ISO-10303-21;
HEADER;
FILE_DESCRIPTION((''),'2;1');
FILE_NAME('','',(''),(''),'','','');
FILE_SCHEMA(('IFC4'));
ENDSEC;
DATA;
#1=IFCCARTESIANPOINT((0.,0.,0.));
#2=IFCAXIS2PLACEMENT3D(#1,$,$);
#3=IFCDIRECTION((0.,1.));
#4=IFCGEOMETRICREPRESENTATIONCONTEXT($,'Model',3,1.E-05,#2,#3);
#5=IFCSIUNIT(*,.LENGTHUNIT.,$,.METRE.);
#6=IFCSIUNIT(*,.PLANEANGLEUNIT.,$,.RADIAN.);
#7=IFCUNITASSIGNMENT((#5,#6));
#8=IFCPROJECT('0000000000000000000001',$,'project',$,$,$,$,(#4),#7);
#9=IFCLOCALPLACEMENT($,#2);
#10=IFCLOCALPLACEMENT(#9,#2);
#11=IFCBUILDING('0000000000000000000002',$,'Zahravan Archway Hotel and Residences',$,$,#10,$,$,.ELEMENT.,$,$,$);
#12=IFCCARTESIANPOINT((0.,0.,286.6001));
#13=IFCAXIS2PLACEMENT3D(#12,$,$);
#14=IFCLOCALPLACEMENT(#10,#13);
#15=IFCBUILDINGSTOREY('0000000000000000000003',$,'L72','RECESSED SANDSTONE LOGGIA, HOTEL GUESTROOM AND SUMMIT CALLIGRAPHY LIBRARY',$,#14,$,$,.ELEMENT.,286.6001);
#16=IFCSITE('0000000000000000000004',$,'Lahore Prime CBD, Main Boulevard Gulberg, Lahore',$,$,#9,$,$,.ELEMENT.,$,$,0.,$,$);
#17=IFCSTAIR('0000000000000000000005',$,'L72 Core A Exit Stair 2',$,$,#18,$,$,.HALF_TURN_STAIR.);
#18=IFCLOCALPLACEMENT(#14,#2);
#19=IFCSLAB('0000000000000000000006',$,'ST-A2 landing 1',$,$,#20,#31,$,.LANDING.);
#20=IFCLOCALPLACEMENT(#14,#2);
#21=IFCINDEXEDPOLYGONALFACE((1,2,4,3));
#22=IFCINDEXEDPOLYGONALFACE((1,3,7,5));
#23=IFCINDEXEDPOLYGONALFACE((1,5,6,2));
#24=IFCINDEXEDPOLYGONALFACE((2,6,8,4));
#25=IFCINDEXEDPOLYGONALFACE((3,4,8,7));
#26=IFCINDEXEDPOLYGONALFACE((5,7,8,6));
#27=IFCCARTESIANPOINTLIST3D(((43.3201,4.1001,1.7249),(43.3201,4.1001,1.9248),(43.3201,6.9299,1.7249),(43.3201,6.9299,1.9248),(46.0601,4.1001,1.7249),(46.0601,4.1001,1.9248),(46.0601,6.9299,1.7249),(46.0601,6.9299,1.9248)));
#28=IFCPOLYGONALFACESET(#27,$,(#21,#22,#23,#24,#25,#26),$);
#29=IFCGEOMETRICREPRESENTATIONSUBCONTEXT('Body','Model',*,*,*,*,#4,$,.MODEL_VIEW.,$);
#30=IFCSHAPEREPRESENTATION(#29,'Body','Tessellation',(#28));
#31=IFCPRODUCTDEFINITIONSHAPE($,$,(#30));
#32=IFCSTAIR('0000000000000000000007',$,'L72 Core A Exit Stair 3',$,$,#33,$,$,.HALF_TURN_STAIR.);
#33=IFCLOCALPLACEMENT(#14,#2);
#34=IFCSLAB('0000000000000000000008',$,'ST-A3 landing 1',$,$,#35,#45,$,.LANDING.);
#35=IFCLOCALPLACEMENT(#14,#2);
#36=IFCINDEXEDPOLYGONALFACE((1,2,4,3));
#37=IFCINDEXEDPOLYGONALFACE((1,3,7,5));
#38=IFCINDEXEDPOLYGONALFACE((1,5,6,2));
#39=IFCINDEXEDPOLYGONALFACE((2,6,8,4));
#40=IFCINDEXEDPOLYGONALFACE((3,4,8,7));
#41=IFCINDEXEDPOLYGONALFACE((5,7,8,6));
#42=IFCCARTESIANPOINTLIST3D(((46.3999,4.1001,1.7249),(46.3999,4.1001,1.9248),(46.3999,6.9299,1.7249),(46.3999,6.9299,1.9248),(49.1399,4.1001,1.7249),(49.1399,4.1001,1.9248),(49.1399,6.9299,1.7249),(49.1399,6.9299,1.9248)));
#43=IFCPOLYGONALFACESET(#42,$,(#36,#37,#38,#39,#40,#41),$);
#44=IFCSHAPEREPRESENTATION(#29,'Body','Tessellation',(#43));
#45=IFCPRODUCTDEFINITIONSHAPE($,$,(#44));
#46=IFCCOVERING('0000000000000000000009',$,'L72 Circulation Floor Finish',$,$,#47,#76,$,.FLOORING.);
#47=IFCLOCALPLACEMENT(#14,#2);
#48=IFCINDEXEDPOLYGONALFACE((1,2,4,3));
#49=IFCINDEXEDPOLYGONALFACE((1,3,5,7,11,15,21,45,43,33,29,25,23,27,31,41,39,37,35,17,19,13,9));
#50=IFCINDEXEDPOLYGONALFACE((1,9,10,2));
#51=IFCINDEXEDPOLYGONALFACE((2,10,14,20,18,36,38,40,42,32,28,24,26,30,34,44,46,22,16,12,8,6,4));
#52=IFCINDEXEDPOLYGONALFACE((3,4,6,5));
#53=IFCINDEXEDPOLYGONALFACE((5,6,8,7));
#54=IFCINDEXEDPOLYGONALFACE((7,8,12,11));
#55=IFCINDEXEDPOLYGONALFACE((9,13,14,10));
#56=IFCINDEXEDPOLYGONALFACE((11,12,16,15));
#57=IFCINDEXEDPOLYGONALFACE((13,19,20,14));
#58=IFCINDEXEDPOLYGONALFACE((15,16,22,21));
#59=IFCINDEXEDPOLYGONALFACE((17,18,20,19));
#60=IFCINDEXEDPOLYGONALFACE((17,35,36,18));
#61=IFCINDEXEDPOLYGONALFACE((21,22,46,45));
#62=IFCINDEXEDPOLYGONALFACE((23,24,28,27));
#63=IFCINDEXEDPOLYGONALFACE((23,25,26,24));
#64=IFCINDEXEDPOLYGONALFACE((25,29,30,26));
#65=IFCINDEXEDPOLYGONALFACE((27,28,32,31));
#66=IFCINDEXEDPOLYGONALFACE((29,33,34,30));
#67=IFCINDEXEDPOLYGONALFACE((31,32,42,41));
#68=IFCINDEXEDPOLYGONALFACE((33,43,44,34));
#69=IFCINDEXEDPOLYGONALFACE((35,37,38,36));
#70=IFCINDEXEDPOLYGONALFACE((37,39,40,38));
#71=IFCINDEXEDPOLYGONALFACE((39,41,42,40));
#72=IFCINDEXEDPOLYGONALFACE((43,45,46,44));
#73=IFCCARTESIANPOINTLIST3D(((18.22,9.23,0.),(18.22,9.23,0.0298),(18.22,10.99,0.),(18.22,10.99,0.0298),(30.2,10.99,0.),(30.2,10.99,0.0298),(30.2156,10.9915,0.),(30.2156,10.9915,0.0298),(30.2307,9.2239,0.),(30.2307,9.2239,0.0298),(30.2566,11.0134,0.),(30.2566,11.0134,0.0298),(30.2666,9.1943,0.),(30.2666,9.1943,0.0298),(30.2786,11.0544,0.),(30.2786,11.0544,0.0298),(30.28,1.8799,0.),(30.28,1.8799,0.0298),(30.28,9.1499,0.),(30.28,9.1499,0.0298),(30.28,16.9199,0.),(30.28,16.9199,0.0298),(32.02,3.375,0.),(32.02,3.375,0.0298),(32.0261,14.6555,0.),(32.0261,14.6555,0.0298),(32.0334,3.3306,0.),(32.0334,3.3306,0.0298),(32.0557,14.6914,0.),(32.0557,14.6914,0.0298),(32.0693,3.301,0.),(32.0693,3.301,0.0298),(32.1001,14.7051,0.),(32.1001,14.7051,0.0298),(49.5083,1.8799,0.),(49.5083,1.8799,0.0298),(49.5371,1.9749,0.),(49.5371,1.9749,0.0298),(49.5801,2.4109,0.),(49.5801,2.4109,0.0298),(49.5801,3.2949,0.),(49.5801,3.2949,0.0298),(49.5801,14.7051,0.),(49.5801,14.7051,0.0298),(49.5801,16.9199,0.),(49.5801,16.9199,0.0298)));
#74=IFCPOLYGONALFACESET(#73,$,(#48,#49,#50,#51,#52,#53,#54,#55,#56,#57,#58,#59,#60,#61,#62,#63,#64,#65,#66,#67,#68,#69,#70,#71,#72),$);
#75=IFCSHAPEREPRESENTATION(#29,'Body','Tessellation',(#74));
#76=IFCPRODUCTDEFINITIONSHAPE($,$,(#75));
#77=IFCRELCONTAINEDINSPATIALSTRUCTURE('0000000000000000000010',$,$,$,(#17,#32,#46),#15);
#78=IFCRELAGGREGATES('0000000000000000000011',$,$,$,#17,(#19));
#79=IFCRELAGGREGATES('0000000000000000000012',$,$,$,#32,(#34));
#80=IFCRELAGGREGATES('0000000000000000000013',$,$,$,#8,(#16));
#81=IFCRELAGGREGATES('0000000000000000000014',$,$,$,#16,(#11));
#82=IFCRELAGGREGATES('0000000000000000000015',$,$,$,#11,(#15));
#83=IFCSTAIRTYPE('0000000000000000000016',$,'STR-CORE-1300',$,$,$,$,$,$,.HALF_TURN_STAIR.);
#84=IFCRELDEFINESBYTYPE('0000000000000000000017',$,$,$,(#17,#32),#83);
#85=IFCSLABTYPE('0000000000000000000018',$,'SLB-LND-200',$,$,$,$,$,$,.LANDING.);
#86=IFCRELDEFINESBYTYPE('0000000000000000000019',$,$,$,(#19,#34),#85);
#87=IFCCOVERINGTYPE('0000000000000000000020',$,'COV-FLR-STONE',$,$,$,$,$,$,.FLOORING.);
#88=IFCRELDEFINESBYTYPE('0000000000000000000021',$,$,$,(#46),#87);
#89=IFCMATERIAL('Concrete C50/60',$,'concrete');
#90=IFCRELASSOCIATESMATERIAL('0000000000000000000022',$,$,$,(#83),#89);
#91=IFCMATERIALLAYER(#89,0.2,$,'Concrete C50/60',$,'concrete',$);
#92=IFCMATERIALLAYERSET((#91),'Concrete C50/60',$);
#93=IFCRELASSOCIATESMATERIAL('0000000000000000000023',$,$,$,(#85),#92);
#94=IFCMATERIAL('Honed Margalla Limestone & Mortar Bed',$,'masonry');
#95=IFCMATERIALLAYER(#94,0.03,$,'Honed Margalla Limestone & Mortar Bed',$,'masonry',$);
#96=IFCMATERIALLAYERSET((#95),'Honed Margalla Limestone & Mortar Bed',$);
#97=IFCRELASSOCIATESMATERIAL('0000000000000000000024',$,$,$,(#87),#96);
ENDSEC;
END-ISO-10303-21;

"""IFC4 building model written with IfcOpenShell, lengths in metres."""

from ifc_helpers import new_model, si_unit, direction, frame, origin, place, context, subcontext, project, spatial, polyline, outline, extrude, material, layer, layer_set, type_object, element, aggregate, save


model = new_model("IFC4")

# Units and contexts
model_context = context("Model", 3, precision=1e-05, world=origin(), true_north=direction((0.0, 1.0)))
body_context = subcontext(model_context, "Body", "Model", "MODEL_VIEW")
ifc_project = project(units=[si_unit("LENGTHUNIT", "METRE"), si_unit("PLANEANGLEUNIT", "RADIAN")], contexts=[model_context])

# Site, building, storey
site_placement = place(None, origin())
site = spatial("IfcSite", under=ifc_project, at=site_placement, Name="Lahore Prime CBD, Main Boulevard Gulberg, Lahore", CompositionType="ELEMENT", RefElevation=0.0)
building_placement = place(site_placement, origin())
building = spatial("IfcBuilding", under=site, at=building_placement, Name="Zahravan Archway Hotel and Residences", CompositionType="ELEMENT")
storey_placement = place(building_placement, frame((0.0, 0.0, 286.6001)))
storey = spatial("IfcBuildingStorey", under=building, at=storey_placement, Name="L72", Description="RECESSED SANDSTONE LOGGIA, HOTEL GUESTROOM AND SUMMIT CALLIGRAPHY LIBRARY", CompositionType="ELEMENT", Elevation=286.6001)

# Stairs, slabs
ifc_material_1 = material(Name="Concrete C50/60", Category="concrete")
stair_type = type_object("IfcStairType", Name="STR-CORE-1300", PredefinedType="HALF_TURN_STAIR", material=ifc_material_1)
ifc_layer_1 = layer(ifc_material_1, 0.2, Name="Concrete C50/60", Category="concrete")
ifc_layer_set_1 = layer_set([ifc_layer_1], Name="Concrete C50/60")
slab_type_1 = type_object("IfcSlabType", Name="SLB-LND-200", PredefinedType="LANDING", material=ifc_layer_set_1)
stair_1_placement = place(storey_placement, origin())
stair_1 = element("IfcStair", 1, at=stair_1_placement, inside=storey, type_object=stair_type, Name="L72 Core A Exit Stair 2", PredefinedType="HALF_TURN_STAIR")
slab_1_placement = place(storey_placement, frame((0.0, 0.0, 1.7249)))
slab_1 = element("IfcSlab", 2, at=slab_1_placement, type_object=slab_type_1, Name="ST-A2 landing 1", PredefinedType="LANDING", context=body_context, shape_type="SweptSolid", body=[
    extrude(outline(polyline([(43.3201, 6.9299), (43.3201, 4.1001), (46.0601, 4.1001), (46.0601, 6.9299), (43.3201, 6.9299)])), origin(), (0.0, 0.0, 1.0), 0.2),
])
aggregate(stair_1, [slab_1])
stair_2_placement = place(storey_placement, origin())
stair_2 = element("IfcStair", 3, at=stair_2_placement, inside=storey, type_object=stair_type, Name="L72 Core A Exit Stair 3", PredefinedType="HALF_TURN_STAIR")
slab_2_placement = place(storey_placement, frame((0.0, 0.0, 1.7249)))
slab_2 = element("IfcSlab", 4, at=slab_2_placement, type_object=slab_type_1, Name="ST-A3 landing 1", PredefinedType="LANDING", context=body_context, shape_type="SweptSolid", body=[
    extrude(outline(polyline([(46.3999, 6.9299), (46.3999, 4.1001), (49.1399, 4.1001), (49.1399, 6.9299), (46.3999, 6.9299)])), origin(), (0.0, 0.0, 1.0), 0.2),
])
aggregate(stair_2, [slab_2])

# Covering
ifc_material_2 = material(Name="Honed Margalla Limestone & Mortar Bed", Category="masonry")
ifc_layer_2 = layer(ifc_material_2, 0.03, Name="Honed Margalla Limestone & Mortar Bed", Category="masonry")
ifc_layer_set_2 = layer_set([ifc_layer_2], Name="Honed Margalla Limestone & Mortar Bed")
covering_type = type_object("IfcCoveringType", Name="COV-FLR-STONE", PredefinedType="FLOORING", material=ifc_layer_set_2)
covering_placement = place(storey_placement, origin())
element("IfcCovering", 5, at=covering_placement, inside=storey, type_object=covering_type, Name="L72 Circulation Floor Finish", PredefinedType="FLOORING", context=body_context, shape_type="SweptSolid", body=[
    extrude(outline(polyline([(30.2156, 10.9915), (30.2566, 11.0134), (30.2786, 11.0544), (30.28, 16.9199), (49.5801, 16.9199), (49.5801, 14.7051), (32.1001, 14.7051), (32.0557, 14.6914), (32.0261, 14.6555), (32.02, 3.375), (32.0334, 3.3306), (32.0693, 3.301), (49.5801, 3.2949), (49.5801, 2.4109), (49.5371, 1.9749), (49.5083, 1.8799), (30.28, 1.8799), (30.28, 9.1499), (30.2666, 9.1943), (30.2307, 9.2239), (18.22, 9.23), (18.22, 10.99), (30.2, 10.99), (30.2156, 10.9915)])), origin(), (0.0, 0.0, 1.0), 0.0298),
])

save(model, "model.ifc")
